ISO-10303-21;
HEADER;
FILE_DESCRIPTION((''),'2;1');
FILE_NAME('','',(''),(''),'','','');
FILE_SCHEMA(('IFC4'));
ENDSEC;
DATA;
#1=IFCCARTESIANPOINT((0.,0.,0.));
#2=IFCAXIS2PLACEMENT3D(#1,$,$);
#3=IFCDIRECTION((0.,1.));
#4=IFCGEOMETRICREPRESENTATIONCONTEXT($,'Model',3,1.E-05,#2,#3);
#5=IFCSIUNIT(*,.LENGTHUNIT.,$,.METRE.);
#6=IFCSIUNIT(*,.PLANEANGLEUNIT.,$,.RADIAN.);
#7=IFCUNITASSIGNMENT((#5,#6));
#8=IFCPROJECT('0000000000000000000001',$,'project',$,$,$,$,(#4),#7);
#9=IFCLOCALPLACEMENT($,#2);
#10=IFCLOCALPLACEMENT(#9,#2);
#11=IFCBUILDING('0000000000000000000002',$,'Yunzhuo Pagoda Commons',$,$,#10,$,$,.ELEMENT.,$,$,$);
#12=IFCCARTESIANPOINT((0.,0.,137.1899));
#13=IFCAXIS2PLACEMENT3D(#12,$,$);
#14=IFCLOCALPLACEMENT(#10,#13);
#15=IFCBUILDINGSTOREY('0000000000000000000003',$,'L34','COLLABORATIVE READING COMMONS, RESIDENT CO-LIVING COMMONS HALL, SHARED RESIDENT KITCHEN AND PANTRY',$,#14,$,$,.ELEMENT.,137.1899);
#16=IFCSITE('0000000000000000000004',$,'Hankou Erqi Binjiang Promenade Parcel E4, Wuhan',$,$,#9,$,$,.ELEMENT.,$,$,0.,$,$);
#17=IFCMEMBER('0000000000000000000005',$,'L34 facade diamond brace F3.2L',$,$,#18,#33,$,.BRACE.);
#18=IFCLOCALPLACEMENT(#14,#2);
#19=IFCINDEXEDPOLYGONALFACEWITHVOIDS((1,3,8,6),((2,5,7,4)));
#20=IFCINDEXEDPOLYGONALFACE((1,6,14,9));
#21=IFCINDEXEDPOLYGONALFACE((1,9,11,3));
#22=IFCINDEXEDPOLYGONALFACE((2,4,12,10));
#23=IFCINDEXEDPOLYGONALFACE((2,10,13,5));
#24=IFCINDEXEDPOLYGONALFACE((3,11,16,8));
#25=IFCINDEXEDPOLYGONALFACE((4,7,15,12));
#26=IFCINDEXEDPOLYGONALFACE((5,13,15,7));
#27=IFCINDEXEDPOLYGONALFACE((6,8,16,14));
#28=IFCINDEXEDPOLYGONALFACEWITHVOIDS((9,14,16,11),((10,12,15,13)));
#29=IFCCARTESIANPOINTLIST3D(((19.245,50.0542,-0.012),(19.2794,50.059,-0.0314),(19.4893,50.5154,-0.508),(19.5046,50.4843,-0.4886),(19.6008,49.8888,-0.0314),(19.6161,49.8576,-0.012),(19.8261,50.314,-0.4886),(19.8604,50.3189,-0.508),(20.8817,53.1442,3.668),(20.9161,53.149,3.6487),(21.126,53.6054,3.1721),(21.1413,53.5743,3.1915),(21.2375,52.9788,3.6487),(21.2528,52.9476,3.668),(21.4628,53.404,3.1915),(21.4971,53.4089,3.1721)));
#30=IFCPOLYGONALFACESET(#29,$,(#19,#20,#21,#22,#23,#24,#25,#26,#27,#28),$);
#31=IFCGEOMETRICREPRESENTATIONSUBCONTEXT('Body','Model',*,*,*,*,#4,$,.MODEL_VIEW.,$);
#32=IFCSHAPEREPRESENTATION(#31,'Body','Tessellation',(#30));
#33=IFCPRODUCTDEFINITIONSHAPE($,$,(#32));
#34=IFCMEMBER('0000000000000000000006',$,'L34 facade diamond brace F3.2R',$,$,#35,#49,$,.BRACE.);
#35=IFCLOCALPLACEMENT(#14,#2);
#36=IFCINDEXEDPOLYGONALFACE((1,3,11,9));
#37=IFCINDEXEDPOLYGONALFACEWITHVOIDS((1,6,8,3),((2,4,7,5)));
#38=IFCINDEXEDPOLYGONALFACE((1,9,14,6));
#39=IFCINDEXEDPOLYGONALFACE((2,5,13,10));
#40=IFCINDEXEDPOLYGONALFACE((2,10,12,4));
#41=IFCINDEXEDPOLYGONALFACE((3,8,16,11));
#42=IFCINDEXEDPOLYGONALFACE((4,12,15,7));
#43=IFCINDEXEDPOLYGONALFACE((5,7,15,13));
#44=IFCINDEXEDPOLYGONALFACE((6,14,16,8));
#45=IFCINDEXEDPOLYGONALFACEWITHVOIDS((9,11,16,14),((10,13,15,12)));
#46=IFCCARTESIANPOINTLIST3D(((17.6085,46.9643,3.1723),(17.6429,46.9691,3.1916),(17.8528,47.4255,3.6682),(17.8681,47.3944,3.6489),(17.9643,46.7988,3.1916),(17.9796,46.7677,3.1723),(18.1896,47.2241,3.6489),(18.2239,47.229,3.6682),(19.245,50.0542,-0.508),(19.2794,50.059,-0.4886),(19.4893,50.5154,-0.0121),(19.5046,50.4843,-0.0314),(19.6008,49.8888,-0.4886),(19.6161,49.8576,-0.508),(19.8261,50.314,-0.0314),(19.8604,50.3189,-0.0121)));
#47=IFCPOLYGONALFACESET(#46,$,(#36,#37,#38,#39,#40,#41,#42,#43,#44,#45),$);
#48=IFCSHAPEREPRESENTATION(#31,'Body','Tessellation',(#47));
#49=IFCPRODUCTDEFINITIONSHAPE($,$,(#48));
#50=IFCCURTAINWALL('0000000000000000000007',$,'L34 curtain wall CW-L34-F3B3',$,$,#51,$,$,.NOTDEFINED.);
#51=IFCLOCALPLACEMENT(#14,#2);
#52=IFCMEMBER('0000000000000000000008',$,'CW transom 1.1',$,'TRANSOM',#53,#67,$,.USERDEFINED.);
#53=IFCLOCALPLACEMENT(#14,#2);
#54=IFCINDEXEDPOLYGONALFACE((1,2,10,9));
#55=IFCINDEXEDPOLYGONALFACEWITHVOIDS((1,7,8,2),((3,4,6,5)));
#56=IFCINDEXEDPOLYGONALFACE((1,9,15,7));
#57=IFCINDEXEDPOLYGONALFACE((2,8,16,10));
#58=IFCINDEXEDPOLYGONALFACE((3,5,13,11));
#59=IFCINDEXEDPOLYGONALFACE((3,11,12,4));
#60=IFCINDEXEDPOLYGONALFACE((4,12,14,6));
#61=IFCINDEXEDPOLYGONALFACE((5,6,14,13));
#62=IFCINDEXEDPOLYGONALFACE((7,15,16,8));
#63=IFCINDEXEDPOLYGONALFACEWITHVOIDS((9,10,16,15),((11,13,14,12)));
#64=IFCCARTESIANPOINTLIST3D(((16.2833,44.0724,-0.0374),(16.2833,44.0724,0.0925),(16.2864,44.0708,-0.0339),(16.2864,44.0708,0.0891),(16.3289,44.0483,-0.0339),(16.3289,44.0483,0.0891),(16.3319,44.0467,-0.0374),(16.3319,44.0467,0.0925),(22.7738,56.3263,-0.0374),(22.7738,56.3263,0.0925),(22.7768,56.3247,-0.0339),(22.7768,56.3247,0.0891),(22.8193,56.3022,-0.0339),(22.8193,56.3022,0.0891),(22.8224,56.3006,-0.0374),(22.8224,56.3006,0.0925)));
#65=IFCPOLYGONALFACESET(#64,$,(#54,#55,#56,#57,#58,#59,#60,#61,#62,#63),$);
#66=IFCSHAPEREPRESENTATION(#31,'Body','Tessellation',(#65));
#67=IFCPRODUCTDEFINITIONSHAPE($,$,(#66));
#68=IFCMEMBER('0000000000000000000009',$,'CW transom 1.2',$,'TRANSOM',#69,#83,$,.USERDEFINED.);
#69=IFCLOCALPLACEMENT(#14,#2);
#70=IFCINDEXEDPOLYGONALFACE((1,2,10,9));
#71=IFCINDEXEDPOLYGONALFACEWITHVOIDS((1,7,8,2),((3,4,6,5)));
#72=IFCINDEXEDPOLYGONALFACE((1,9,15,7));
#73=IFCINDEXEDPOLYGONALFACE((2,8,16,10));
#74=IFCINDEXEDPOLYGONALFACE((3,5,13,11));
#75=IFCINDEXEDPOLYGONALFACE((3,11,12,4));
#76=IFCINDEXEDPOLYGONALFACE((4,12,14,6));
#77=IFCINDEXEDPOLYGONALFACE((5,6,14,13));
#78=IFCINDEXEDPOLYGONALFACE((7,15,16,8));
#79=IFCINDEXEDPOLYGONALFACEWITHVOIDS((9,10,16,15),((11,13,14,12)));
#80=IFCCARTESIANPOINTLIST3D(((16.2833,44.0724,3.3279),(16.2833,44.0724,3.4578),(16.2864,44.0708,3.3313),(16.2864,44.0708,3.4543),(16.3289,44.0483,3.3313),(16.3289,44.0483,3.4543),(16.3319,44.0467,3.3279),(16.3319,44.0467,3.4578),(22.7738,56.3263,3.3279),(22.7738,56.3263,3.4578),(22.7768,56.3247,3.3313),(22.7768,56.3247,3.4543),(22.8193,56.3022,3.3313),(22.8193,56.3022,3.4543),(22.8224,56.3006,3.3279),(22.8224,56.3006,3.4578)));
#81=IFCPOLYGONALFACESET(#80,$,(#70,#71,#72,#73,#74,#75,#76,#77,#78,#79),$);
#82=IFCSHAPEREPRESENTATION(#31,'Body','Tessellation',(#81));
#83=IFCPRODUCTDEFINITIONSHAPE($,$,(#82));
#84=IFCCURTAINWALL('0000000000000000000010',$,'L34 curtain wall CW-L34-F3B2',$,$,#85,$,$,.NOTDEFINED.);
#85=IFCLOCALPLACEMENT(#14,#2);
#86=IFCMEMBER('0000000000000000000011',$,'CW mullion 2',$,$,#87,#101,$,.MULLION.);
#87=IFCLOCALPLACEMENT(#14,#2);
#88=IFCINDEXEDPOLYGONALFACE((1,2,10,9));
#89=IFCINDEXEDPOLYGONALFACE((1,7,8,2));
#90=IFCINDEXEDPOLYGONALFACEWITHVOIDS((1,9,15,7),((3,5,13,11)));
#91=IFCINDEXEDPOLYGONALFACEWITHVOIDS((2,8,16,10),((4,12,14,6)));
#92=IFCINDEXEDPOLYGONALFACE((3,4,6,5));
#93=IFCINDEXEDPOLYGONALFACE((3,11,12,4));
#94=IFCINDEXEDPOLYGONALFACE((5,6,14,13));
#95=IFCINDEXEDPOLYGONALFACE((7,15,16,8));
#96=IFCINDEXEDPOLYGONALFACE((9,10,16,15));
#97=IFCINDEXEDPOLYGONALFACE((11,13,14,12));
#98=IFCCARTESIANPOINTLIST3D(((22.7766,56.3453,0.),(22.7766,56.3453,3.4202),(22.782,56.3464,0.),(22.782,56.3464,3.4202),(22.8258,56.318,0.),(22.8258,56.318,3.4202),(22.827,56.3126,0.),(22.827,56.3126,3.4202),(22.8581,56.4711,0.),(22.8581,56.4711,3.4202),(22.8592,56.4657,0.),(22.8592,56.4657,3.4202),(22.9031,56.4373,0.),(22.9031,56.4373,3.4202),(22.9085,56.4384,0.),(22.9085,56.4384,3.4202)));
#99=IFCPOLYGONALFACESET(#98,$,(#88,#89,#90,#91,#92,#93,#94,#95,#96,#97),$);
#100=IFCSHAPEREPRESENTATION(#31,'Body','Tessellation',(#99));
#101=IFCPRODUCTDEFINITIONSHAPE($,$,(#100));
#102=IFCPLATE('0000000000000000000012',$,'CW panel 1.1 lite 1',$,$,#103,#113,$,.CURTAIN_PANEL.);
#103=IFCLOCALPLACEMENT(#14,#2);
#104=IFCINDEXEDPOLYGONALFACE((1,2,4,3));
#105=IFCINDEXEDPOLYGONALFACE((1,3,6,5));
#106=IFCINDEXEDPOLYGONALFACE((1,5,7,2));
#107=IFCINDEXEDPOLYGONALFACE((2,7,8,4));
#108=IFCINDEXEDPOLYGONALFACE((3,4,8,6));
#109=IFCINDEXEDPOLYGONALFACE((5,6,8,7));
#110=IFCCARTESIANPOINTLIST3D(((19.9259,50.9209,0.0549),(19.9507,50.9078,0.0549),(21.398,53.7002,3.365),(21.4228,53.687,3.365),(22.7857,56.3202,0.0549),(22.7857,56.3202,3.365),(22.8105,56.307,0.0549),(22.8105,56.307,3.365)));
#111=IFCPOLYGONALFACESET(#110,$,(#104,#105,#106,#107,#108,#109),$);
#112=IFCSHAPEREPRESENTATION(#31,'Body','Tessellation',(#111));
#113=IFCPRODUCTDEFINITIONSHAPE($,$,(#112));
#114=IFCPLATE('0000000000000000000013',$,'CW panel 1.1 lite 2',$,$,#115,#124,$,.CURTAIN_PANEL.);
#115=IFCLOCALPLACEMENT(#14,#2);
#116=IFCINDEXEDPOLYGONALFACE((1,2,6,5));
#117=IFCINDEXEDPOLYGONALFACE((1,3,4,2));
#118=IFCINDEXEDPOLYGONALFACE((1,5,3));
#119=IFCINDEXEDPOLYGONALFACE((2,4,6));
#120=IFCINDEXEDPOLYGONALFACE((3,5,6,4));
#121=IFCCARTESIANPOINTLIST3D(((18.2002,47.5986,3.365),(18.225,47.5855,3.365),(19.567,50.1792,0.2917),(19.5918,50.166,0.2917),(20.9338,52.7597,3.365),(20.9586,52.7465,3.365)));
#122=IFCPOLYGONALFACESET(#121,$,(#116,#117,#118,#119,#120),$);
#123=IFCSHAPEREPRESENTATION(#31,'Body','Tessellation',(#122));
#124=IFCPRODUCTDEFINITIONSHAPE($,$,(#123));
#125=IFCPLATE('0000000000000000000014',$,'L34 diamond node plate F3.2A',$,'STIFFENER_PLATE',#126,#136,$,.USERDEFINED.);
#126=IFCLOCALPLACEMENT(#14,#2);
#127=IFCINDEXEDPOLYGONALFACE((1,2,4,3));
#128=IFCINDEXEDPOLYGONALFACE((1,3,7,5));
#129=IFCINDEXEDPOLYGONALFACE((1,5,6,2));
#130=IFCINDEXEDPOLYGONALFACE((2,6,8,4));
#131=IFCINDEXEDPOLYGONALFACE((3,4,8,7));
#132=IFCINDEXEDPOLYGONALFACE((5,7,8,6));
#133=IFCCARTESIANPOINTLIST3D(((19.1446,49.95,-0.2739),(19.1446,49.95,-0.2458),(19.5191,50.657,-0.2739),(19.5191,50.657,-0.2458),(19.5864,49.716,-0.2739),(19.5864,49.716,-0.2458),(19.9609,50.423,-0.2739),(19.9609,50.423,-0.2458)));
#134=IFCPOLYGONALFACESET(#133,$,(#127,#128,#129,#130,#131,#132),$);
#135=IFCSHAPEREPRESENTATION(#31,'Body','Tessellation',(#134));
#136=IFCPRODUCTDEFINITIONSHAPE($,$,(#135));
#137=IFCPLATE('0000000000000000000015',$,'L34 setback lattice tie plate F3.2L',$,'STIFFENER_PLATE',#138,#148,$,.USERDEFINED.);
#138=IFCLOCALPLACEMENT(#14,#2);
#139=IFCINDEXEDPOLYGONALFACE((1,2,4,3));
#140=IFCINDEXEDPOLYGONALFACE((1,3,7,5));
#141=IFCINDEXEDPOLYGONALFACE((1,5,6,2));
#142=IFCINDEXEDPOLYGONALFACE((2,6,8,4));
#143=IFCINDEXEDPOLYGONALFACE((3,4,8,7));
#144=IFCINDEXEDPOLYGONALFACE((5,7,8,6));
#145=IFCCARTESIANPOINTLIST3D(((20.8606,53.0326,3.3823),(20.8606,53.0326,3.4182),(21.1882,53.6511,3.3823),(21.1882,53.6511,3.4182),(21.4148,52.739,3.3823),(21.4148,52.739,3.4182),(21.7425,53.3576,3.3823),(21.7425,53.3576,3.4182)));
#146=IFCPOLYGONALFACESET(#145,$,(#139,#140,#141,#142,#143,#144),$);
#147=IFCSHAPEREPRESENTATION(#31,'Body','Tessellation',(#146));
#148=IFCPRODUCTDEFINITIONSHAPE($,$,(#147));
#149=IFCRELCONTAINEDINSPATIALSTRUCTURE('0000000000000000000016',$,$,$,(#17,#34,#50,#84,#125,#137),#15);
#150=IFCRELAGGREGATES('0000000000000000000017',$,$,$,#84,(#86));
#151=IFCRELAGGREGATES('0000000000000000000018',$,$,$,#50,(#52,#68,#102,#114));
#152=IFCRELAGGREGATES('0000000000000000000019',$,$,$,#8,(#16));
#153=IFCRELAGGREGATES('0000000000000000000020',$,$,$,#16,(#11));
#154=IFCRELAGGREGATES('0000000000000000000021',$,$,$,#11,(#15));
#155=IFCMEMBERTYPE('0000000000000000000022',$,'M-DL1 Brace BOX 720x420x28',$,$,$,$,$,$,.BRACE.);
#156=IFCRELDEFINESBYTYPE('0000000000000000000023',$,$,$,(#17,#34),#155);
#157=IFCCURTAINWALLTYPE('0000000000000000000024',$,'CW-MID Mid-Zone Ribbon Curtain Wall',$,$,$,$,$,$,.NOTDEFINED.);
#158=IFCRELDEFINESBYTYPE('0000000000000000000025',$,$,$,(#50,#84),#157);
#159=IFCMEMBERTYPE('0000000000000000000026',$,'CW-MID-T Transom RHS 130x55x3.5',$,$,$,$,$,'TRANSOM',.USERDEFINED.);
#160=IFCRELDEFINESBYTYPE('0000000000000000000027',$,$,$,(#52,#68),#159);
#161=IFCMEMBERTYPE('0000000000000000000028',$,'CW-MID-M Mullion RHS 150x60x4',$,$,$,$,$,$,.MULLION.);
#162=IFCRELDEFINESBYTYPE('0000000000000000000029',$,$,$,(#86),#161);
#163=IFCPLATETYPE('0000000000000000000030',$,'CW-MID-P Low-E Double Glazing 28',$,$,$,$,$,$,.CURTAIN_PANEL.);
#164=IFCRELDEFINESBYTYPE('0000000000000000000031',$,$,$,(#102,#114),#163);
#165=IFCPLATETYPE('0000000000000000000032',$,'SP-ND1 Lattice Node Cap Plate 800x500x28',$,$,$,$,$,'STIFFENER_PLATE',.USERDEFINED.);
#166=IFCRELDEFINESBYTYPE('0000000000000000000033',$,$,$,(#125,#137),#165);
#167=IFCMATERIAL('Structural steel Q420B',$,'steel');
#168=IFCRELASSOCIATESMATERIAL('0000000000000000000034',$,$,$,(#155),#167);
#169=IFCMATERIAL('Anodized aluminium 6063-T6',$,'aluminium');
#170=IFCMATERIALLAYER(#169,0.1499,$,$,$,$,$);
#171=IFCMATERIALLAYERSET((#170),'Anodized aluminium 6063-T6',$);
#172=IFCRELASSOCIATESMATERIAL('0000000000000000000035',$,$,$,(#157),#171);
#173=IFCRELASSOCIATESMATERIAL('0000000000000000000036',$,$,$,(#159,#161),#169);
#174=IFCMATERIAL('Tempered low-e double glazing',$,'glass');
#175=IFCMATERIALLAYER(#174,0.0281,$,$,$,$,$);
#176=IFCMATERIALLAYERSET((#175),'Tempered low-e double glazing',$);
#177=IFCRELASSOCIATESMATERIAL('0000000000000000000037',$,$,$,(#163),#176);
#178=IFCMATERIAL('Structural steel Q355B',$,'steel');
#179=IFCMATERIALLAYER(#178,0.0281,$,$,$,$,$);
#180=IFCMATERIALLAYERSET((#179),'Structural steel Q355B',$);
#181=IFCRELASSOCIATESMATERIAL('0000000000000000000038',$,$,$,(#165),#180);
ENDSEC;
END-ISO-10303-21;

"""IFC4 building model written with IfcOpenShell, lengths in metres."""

from ifc_helpers import new_model, si_unit, direction, frame, origin, origin_2d, place, context, subcontext, project, spatial, polyline, rectangle, hollow_rectangle, outline, extrude, source, transform, mapped, material, layer, layer_set, material_profile, profile_set, type_object, element, aggregate, save


model = new_model("IFC4")

# Units and contexts
model_context = context("Model", 3, precision=1e-05, world=origin(), true_north=direction((0.0, 1.0)))
body_context = subcontext(model_context, "Body", "Model", "MODEL_VIEW")
ifc_project = project(units=[si_unit("LENGTHUNIT", "METRE"), si_unit("PLANEANGLEUNIT", "RADIAN")], contexts=[model_context])

# Site, building, storey
site_placement = place(None, origin())
site = spatial("IfcSite", under=ifc_project, at=site_placement, Name="Hankou Erqi Binjiang Promenade Parcel E4, Wuhan", CompositionType="ELEMENT", RefElevation=0.0)
building_placement = place(site_placement, origin())
building = spatial("IfcBuilding", under=site, at=building_placement, Name="Yunzhuo Pagoda Commons", CompositionType="ELEMENT")
storey_placement = place(building_placement, frame((0.0, 0.0, 137.1899)))
storey = spatial("IfcBuildingStorey", under=building, at=storey_placement, Name="L34", Description="COLLABORATIVE READING COMMONS, RESIDENT CO-LIVING COMMONS HALL, SHARED RESIDENT KITCHEN AND PANTRY", CompositionType="ELEMENT", Elevation=137.1899)

# Shared definitions
ifc_material_1 = material(Name="Structural steel Q420B", Category="steel")

# Shared definitions
ifc_material_2 = material(Name="Structural steel Q355B", Category="steel")

# Members
ifc_material_profile_1 = material_profile(ifc_material_1, hollow_rectangle(XDim=0.4199, YDim=0.72, WallThickness=0.0281, at=origin_2d()), Name="Structural steel Q420B")
ifc_profile_set_1 = profile_set([ifc_material_profile_1], Name="Structural steel Q420B")
member_type_1 = type_object("IfcMemberType", Name="M-DL1 Brace BOX 720x420x28", PredefinedType="BRACE", material=ifc_profile_set_1)
shared_shape_1 = source(origin(), body_context, "Body", "SweptSolid", [
    extrude(hollow_rectangle(XDim=0.4199, YDim=0.72, WallThickness=0.0281, at=origin_2d()), origin(), (0.0, 0.0, 1.0), 5.0764),
])
for number, where, z_axis, x_axis, name in (
    (1, (19.5527, 50.1865, -0.26), (0.322409, 0.6087, 0.724939), (-0.883694, 0.468064, 0.0), "L34 facade diamond brace F3.2L"),
    (2, (19.5527, 50.1865, -0.26), (-0.322375, -0.60868, 0.724971), (0.883708, -0.468038, 0.0), "L34 facade diamond brace F3.2R"),
):
    element("IfcMember", number, at=place(storey_placement, frame(where, z_axis=z_axis, x_axis=x_axis)), inside=storey, type_object=member_type_1, Name=name, PredefinedType="BRACE", context=body_context, shape_type="MappedRepresentation", body=[
        mapped(shared_shape_1, transform((0.0, 0.0, 0.0), scale=1.0)),
    ])

# Curtain wall, members
ifc_material_3 = material(Name="Anodized aluminium 6063-T6", Category="aluminium")
ifc_layer_1 = layer(ifc_material_3, 0.1499)
ifc_layer_set_1 = layer_set([ifc_layer_1], Name="Anodized aluminium 6063-T6")
curtain_wall_type = type_object("IfcCurtainWallType", Name="CW-MID Mid-Zone Ribbon Curtain Wall", PredefinedType="NOTDEFINED", material=ifc_layer_set_1)
curtain_wall_1_placement = place(storey_placement, origin())
curtain_wall_1 = element("IfcCurtainWall", 3, at=curtain_wall_1_placement, inside=storey, type_object=curtain_wall_type, Name="L34 curtain wall CW-L34-F3B3", PredefinedType="NOTDEFINED")
ifc_material_profile_2 = material_profile(ifc_material_3, hollow_rectangle(XDim=0.0549, YDim=0.1299, WallThickness=0.0034, at=origin_2d()), Name="Anodized aluminium 6063-T6")
ifc_profile_set_2 = profile_set([ifc_material_profile_2], Name="Anodized aluminium 6063-T6")
member_type_2 = type_object("IfcMemberType", Name="CW-MID-T Transom RHS 130x55x3.5", ElementType="TRANSOM", PredefinedType="USERDEFINED", material=ifc_profile_set_2)
shared_shape_2 = source(origin(), body_context, "Body", "SweptSolid", [
    extrude(hollow_rectangle(XDim=0.0549, YDim=0.1299, WallThickness=0.0034, at=origin_2d()), origin(), (0.0, 0.0, 1.0), 13.8667),
])
member_1_placement = place(storey_placement, frame((22.7981, 56.3135, 0.0276), z_axis=(-0.468063, -0.883695, 0.0), x_axis=(0.883695, -0.468063, 0.0)))
member_1 = element("IfcMember", 4, at=member_1_placement, type_object=member_type_2, Name="CW transom 1.1", ObjectType="TRANSOM", PredefinedType="USERDEFINED", context=body_context, shape_type="MappedRepresentation", body=[
    mapped(shared_shape_2, transform((0.0, 0.0, 0.0), scale=1.0)),
])
member_2_placement = place(storey_placement, frame((22.7981, 56.3135, 3.3928), z_axis=(-0.468063, -0.883695, 0.0), x_axis=(0.883695, -0.468063, 0.0)))
member_2 = element("IfcMember", 5, at=member_2_placement, type_object=member_type_2, Name="CW transom 1.2", ObjectType="TRANSOM", PredefinedType="USERDEFINED", context=body_context, shape_type="MappedRepresentation", body=[
    mapped(shared_shape_2, transform((0.0, 0.0, 0.0), scale=1.0)),
])

# Curtain wall, member
curtain_wall_2_placement = place(storey_placement, origin())
curtain_wall_2 = element("IfcCurtainWall", 6, at=curtain_wall_2_placement, inside=storey, type_object=curtain_wall_type, Name="L34 curtain wall CW-L34-F3B2", PredefinedType="NOTDEFINED")
ifc_material_profile_3 = material_profile(ifc_material_3, hollow_rectangle(XDim=0.0601, YDim=0.1499, WallThickness=0.0039, at=origin_2d()), Name="Anodized aluminium 6063-T6")
ifc_profile_set_3 = profile_set([ifc_material_profile_3], Name="Anodized aluminium 6063-T6")
member_type_3 = type_object("IfcMemberType", Name="CW-MID-M Mullion RHS 150x60x4", PredefinedType="MULLION", material=ifc_profile_set_3)
shared_shape_3 = source(origin(), body_context, "Body", "SweptSolid", [
    extrude(hollow_rectangle(XDim=0.0601, YDim=0.1499, WallThickness=0.0039, at=origin_2d()), origin(), (0.0, 0.0, 1.0), 3.4202),
])
member_3_placement = place(storey_placement, frame((22.8425, 56.3918, 0.0), z_axis=(0.0, 0.0, 1.0), x_axis=(0.839249, -0.543747, 0.0)))
member_3 = element("IfcMember", 7, at=member_3_placement, type_object=member_type_3, Name="CW mullion 2", PredefinedType="MULLION", context=body_context, shape_type="MappedRepresentation", body=[
    mapped(shared_shape_3, transform((0.0, 0.0, 0.0), scale=1.0)),
])
aggregate(curtain_wall_2, [member_3])

# Plates
ifc_material_4 = material(Name="Tempered low-e double glazing", Category="glass")
ifc_layer_2 = layer(ifc_material_4, 0.0281)
ifc_layer_set_2 = layer_set([ifc_layer_2], Name="Tempered low-e double glazing")
plate_type_1 = type_object("IfcPlateType", Name="CW-MID-P Low-E Double Glazing 28", PredefinedType="CURTAIN_PANEL", material=ifc_layer_set_2)
plate_1_placement = place(storey_placement, frame((21.3806, 53.6074, 1.71), z_axis=(-0.883694, 0.468065, 0.0), x_axis=(-0.468065, -0.883694, 0.0)))
plate_1 = element("IfcPlate", 8, at=plate_1_placement, type_object=plate_type_1, Name="CW panel 1.1 lite 1", PredefinedType="CURTAIN_PANEL", context=body_context, shape_type="SweptSolid", body=[
    extrude(outline(polyline([(-3.0549, -1.655), (3.0549, -1.655), (-0.0901, 1.655), (-3.0549, 1.655), (-3.0549, -1.655)])), origin(), (0.0, 0.0, 1.0), 0.0281),
])
plate_2_placement = place(storey_placement, frame((19.5918, 50.166, 1.8284), z_axis=(-0.883694, 0.468065, 0.0), x_axis=(-0.468065, -0.883694, 0.0)))
plate_2 = element("IfcPlate", 9, at=plate_2_placement, type_object=plate_type_1, Name="CW panel 1.1 lite 2", PredefinedType="CURTAIN_PANEL", context=body_context, shape_type="SweptSolid", body=[
    extrude(outline(polyline([(-2.9202, 1.5366), (0.0, -1.5366), (2.9202, 1.5366), (-2.9202, 1.5366)])), origin(), (0.0, 0.0, 1.0), 0.0281),
])
aggregate(curtain_wall_1, [member_1, member_2, plate_1, plate_2])

# Plates
ifc_layer_3 = layer(ifc_material_2, 0.0281)
ifc_layer_set_3 = layer_set([ifc_layer_3], Name="Structural steel Q355B")
plate_type_2 = type_object("IfcPlateType", Name="SP-ND1 Lattice Node Cap Plate 800x500x28", ElementType="STIFFENER_PLATE", PredefinedType="USERDEFINED", material=ifc_layer_set_3)
shared_shape_4 = source(origin(), body_context, "Body", "SweptSolid", [
    extrude(rectangle(XDim=0.8, YDim=0.5, at=origin_2d()), origin(), (0.0, 0.0, 1.0), 0.0281),
])
plate_3_placement = place(storey_placement, frame((19.5527, 50.1865, -0.2739), z_axis=(0.0, 0.0, 1.0), x_axis=(-0.468069, -0.883692, 0.0)))
element("IfcPlate", 10, at=plate_3_placement, inside=storey, type_object=plate_type_2, Name="L34 diamond node plate F3.2A", ObjectType="STIFFENER_PLATE", PredefinedType="USERDEFINED", context=body_context, shape_type="MappedRepresentation", body=[
    mapped(shared_shape_4, transform((0.0, 0.0, 0.0), scale=1.0)),
])
shared_shape_5 = source(origin(), body_context, "Body", "SweptSolid", [
    extrude(rectangle(XDim=0.7, YDim=0.6272, at=origin_2d()), origin(), (0.0, 0.0, 1.0), 0.0359),
])
plate_4_placement = place(storey_placement, frame((21.3015, 53.1951, 3.3823), z_axis=(0.0, 0.0, 1.0), x_axis=(-0.468069, -0.883692, 0.0)))
element("IfcPlate", 11, at=plate_4_placement, inside=storey, type_object=plate_type_2, Name="L34 setback lattice tie plate F3.2L", ObjectType="STIFFENER_PLATE", PredefinedType="USERDEFINED", context=body_context, shape_type="MappedRepresentation", body=[
    mapped(shared_shape_5, transform((0.0, 0.0, 0.0), scale=1.0)),
])

save(model, "model.ifc")
